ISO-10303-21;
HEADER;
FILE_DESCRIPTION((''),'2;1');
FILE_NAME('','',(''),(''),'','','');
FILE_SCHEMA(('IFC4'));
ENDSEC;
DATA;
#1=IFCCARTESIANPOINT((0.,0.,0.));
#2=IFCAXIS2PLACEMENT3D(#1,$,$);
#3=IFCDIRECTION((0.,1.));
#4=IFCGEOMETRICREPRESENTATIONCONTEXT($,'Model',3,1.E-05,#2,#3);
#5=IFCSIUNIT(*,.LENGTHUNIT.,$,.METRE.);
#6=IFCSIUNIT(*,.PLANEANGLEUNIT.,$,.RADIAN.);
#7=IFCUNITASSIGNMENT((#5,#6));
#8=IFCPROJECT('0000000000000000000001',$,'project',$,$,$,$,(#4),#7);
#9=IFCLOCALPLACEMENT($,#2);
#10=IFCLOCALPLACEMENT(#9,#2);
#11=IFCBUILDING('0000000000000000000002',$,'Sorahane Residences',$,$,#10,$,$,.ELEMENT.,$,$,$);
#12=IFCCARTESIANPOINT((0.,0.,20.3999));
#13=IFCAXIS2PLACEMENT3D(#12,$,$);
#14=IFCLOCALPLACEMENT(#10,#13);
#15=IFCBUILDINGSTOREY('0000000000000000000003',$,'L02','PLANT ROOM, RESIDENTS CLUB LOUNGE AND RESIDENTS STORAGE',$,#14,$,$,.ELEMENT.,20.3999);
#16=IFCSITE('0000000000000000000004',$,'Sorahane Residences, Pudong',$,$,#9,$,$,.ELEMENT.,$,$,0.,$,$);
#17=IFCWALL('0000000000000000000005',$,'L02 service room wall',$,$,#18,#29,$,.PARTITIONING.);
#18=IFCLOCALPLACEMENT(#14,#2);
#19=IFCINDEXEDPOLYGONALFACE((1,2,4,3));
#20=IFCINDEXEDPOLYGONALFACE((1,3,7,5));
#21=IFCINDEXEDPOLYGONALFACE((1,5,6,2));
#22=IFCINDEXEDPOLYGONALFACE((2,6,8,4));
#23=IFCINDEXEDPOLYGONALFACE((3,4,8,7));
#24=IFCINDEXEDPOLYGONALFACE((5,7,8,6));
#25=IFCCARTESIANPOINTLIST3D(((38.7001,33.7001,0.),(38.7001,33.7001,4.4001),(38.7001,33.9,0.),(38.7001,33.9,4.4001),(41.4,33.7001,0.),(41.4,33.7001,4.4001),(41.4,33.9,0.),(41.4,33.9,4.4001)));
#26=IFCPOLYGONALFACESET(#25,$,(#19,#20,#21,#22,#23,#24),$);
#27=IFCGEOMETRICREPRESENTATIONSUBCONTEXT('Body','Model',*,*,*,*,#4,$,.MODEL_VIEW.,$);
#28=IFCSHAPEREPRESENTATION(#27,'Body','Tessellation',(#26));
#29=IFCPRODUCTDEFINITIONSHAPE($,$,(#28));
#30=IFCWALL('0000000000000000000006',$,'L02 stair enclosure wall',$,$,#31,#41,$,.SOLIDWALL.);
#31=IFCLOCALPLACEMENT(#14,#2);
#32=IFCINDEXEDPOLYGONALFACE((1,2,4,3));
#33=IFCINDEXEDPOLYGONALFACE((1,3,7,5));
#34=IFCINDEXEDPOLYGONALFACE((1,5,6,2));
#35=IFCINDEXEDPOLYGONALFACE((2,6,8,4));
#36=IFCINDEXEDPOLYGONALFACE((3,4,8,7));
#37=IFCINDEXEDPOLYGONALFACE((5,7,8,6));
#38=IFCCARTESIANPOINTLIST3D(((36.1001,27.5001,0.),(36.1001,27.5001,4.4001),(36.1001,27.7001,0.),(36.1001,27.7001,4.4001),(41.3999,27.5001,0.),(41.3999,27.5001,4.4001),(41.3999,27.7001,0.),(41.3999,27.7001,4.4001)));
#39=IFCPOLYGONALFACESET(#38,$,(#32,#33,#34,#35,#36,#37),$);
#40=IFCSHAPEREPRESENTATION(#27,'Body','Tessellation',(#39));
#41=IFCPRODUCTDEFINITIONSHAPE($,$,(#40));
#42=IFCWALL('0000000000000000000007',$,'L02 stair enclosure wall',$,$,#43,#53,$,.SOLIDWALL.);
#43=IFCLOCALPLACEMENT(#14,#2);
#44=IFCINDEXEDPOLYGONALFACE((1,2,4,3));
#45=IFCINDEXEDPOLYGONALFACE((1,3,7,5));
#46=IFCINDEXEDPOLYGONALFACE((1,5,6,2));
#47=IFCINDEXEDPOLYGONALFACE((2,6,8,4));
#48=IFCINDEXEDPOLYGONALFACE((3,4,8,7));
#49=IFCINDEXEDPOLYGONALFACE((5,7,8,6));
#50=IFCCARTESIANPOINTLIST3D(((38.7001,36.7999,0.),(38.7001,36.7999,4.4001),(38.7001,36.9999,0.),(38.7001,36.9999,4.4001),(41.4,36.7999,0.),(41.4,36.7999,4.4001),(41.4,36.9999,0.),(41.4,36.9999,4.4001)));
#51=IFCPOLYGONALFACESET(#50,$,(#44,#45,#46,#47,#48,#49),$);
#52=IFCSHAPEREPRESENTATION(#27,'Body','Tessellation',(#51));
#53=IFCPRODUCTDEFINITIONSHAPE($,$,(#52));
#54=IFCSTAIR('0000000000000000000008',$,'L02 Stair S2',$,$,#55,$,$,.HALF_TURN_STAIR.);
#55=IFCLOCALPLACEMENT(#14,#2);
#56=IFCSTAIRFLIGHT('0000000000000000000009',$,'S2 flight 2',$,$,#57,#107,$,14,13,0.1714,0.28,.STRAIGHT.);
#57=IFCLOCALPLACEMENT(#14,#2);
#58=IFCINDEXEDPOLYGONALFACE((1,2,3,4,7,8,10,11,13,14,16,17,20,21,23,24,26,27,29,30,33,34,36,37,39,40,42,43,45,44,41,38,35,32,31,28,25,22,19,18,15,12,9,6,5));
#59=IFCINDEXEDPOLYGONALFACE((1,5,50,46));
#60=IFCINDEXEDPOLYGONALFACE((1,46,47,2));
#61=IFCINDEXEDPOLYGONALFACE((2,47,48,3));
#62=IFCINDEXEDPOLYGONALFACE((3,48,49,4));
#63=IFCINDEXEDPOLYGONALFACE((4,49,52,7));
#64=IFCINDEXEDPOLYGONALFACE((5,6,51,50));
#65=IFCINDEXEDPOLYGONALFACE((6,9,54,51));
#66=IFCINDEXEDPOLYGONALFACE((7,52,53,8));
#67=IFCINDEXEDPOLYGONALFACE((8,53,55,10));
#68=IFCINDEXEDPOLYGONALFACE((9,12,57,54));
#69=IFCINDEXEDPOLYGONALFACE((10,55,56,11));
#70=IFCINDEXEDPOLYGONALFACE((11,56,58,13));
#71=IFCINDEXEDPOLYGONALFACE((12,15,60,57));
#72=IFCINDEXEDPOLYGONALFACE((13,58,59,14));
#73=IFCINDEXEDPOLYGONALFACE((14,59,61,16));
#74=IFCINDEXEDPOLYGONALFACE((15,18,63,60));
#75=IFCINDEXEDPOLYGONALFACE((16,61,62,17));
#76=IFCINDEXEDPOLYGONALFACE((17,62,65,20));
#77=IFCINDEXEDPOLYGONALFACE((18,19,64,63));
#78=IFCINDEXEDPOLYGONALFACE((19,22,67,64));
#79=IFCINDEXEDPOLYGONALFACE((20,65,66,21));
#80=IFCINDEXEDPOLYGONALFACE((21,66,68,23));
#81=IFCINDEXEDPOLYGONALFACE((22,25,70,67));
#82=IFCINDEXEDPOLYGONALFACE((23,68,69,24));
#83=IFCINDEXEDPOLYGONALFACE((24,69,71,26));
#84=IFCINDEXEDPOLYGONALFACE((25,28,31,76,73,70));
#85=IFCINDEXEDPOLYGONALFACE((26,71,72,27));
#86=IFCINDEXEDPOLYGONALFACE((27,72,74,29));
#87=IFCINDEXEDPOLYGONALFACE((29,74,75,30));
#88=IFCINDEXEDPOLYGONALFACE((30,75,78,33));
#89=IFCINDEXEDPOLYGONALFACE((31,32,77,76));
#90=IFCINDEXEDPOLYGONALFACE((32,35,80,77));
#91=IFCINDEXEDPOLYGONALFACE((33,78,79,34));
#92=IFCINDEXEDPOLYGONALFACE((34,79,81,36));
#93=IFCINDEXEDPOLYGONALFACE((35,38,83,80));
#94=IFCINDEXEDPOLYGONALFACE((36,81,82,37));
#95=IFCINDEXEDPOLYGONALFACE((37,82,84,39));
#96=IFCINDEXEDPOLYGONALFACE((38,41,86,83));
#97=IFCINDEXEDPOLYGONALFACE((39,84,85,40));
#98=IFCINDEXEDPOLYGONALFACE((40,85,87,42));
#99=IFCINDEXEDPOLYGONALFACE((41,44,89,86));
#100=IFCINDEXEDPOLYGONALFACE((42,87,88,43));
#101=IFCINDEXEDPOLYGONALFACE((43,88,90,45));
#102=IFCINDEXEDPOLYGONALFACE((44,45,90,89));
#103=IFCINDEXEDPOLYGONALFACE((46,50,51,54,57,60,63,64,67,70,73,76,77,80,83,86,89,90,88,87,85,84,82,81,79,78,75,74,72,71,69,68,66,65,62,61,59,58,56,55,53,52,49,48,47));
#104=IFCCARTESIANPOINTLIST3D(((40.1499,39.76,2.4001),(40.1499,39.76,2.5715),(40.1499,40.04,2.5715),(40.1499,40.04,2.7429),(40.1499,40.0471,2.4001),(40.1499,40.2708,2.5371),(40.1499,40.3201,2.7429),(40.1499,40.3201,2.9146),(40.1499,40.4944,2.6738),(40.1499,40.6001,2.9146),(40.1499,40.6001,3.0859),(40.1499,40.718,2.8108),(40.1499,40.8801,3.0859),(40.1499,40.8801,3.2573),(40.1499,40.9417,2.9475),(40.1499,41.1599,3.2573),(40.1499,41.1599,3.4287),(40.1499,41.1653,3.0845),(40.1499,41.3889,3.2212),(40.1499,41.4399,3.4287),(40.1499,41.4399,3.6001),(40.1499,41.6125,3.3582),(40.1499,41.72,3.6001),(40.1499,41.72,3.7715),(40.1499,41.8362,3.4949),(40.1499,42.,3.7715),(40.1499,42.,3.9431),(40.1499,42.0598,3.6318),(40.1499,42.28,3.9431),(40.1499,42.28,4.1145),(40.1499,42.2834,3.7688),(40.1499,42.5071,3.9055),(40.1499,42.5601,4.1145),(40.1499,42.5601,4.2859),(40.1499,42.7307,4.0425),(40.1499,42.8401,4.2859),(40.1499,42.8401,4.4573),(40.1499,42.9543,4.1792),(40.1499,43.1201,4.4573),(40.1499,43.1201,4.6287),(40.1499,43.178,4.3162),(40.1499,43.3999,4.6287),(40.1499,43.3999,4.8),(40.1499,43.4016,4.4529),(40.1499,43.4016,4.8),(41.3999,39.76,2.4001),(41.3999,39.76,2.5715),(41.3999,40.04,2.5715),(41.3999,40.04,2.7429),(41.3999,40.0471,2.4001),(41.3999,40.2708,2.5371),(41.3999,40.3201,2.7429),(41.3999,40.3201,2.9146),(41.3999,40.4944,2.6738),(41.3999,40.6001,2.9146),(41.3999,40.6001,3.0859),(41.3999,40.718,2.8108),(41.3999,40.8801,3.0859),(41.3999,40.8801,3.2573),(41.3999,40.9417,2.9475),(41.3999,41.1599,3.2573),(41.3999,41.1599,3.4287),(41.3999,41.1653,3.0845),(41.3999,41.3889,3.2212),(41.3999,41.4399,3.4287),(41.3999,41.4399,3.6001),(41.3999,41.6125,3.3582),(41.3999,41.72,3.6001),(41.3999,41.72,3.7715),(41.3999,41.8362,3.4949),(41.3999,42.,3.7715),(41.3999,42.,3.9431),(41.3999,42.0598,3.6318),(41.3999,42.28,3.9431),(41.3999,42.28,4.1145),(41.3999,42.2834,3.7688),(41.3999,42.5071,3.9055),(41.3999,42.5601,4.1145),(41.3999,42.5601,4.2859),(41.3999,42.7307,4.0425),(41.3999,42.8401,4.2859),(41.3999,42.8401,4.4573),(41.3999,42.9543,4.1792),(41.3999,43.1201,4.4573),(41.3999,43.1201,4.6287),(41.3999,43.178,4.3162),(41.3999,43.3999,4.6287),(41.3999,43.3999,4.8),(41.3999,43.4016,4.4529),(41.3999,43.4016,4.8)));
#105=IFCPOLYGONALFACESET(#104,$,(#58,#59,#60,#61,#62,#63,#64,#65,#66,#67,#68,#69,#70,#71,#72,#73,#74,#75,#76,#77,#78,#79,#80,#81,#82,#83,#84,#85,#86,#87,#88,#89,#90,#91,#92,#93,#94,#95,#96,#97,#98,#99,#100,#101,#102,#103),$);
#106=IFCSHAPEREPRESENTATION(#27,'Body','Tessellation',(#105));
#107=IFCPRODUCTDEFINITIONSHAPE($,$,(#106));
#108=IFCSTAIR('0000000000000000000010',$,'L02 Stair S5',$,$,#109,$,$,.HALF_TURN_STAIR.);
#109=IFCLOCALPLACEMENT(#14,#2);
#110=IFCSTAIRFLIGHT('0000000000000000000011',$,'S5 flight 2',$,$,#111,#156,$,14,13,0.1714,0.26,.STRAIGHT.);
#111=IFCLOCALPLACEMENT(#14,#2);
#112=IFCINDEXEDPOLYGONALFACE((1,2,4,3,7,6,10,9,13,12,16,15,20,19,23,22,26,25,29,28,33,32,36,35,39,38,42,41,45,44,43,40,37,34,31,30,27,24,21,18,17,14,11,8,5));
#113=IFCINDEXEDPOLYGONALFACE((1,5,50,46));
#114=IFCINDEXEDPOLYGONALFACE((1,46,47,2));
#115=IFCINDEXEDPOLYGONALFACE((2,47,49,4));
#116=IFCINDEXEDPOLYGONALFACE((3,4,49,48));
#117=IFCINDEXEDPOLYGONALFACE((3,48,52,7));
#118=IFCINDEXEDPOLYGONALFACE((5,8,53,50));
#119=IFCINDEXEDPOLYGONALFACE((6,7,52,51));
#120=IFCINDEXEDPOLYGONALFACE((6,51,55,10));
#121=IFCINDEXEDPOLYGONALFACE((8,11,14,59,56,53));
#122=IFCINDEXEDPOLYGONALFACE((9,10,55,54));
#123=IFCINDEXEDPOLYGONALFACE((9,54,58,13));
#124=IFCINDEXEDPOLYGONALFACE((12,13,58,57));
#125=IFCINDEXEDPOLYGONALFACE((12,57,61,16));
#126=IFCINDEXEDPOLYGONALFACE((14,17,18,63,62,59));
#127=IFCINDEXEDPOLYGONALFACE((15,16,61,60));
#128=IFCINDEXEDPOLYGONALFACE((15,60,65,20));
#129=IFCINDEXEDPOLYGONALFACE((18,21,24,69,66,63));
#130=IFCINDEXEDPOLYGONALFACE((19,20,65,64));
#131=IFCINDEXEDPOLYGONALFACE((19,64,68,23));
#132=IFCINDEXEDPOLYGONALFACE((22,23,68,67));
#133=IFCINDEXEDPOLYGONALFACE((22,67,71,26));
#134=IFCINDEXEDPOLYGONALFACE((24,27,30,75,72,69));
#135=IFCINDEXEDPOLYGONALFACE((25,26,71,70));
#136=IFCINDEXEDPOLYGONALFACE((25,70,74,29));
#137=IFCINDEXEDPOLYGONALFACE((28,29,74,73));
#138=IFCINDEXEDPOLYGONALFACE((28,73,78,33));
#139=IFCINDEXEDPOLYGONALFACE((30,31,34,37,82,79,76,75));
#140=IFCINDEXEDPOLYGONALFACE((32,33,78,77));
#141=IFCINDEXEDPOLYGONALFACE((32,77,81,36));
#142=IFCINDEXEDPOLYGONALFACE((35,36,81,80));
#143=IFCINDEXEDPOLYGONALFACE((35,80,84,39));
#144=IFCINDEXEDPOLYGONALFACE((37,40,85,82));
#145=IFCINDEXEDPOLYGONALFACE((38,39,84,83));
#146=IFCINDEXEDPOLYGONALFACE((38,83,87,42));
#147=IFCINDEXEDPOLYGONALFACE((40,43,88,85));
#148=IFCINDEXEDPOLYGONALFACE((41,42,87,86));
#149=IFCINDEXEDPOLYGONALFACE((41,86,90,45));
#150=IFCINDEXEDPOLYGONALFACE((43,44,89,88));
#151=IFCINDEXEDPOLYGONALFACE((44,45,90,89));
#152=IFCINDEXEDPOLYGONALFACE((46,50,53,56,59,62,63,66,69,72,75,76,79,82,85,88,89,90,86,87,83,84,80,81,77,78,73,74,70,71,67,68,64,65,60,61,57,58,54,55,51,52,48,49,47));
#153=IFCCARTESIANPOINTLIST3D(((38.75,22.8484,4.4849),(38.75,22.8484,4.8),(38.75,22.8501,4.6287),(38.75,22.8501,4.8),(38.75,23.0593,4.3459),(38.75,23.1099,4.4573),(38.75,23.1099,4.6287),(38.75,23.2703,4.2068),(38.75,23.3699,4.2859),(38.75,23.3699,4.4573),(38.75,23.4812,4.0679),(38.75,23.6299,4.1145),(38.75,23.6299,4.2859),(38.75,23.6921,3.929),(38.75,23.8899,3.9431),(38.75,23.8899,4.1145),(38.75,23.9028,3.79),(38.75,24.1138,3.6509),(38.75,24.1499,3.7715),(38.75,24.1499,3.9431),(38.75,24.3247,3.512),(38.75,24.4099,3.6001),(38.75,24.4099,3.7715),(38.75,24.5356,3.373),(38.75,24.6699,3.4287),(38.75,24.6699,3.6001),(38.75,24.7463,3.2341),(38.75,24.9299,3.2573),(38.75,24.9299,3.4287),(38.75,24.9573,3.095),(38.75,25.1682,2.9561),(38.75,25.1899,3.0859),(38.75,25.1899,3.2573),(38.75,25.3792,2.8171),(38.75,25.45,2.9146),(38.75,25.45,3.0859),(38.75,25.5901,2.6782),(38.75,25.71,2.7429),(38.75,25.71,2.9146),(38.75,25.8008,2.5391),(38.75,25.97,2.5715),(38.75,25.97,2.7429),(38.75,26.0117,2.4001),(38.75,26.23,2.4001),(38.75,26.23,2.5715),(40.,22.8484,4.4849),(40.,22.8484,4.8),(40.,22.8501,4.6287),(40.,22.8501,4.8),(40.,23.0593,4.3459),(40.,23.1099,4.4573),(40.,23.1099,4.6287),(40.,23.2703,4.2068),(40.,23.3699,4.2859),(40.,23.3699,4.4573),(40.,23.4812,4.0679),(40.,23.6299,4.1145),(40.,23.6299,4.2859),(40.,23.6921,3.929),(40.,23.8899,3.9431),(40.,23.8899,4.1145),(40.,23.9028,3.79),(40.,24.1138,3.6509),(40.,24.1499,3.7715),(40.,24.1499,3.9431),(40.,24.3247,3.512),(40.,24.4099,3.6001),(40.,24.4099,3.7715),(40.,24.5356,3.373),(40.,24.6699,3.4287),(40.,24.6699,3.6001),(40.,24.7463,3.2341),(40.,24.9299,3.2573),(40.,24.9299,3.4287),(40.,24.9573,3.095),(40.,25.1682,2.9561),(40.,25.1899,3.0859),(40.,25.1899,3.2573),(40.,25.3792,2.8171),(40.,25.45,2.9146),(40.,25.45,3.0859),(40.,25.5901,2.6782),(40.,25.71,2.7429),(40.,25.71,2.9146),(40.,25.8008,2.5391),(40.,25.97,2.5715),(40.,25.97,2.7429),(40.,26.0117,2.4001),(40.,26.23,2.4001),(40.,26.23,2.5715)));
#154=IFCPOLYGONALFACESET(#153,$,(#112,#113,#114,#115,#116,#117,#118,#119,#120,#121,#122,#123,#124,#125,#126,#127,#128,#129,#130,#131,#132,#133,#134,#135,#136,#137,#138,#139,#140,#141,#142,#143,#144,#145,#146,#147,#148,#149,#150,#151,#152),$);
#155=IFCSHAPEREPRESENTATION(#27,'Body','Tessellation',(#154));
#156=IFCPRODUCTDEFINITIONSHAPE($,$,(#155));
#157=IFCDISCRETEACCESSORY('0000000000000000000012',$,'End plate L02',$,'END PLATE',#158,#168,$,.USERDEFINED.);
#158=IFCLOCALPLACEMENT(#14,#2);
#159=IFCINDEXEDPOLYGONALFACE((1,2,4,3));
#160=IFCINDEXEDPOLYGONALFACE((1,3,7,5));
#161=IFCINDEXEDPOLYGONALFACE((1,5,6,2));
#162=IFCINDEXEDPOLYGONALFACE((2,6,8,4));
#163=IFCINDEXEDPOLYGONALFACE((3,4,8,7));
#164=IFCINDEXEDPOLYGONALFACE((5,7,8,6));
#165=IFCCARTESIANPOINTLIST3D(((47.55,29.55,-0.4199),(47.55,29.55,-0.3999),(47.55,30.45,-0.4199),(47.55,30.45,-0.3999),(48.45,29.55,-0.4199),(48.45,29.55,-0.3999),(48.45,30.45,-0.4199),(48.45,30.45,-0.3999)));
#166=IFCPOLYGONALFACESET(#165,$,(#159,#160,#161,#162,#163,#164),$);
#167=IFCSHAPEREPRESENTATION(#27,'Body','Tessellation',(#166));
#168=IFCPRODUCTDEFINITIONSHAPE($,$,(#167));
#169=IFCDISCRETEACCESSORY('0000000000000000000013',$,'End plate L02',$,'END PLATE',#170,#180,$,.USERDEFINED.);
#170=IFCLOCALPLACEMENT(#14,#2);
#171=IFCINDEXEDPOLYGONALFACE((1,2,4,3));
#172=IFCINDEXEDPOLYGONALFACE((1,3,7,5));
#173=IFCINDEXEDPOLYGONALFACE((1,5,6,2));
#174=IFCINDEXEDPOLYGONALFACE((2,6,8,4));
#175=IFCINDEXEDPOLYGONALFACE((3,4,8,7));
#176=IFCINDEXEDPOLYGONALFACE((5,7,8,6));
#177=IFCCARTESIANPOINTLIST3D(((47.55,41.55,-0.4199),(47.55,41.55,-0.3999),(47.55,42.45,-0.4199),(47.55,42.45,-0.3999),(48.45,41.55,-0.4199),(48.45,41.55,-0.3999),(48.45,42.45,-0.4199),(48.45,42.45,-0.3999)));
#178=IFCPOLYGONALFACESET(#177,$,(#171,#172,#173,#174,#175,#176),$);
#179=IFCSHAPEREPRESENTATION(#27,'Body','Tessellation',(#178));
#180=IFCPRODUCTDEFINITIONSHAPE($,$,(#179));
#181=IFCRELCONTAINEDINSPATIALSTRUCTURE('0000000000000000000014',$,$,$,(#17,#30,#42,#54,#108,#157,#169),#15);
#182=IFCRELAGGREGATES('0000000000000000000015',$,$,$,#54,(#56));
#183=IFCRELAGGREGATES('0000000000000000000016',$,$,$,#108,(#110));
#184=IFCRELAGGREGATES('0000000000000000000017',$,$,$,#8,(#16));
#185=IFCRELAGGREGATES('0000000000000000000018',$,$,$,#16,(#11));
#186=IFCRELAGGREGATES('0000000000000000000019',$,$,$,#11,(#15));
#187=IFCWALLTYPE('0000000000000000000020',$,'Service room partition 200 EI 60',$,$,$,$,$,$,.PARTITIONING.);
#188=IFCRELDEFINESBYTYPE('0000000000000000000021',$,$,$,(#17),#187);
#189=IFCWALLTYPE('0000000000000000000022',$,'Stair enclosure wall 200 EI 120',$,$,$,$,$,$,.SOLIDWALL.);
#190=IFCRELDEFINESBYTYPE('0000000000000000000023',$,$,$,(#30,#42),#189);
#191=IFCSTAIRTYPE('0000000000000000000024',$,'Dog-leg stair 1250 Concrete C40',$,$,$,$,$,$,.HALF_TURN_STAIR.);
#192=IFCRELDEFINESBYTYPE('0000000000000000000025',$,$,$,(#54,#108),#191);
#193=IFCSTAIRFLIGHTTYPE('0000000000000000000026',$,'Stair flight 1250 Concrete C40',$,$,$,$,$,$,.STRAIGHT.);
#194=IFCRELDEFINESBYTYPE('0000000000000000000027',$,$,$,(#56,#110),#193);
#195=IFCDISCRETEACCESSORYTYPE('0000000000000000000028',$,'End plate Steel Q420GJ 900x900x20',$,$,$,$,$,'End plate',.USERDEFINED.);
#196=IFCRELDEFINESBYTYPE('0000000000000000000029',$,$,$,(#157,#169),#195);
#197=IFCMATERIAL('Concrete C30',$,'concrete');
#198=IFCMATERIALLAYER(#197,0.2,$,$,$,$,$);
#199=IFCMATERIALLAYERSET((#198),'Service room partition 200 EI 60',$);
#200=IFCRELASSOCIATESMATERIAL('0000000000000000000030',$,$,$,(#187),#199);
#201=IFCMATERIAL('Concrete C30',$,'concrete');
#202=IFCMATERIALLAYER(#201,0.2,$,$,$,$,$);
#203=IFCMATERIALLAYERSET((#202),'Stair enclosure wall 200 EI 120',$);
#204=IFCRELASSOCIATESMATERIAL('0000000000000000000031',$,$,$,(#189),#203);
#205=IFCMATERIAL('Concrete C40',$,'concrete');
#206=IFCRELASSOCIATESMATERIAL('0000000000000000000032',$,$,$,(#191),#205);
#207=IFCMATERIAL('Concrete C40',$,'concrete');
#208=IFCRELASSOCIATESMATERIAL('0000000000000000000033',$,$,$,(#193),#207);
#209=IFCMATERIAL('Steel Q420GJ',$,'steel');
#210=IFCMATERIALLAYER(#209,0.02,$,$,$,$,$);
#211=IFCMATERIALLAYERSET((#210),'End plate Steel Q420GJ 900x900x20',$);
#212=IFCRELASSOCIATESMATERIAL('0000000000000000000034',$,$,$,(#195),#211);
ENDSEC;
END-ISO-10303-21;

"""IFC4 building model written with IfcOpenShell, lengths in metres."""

from ifc_helpers import new_model, si_unit, direction, frame, frame_2d, origin, origin_2d, place, context, subcontext, project, spatial, polyline, rectangle, outline, extrude, material, layer, layer_set, type_object, element, aggregate, save


model = new_model("IFC4")

# Units and contexts
model_context = context("Model", 3, precision=1e-05, world=origin(), true_north=direction((0.0, 1.0)))
body_context = subcontext(model_context, "Body", "Model", "MODEL_VIEW")
ifc_project = project(units=[si_unit("LENGTHUNIT", "METRE"), si_unit("PLANEANGLEUNIT", "RADIAN")], contexts=[model_context])

# Site, building, storey
site_placement = place(None, origin())
site = spatial("IfcSite", under=ifc_project, at=site_placement, Name="Sorahane Residences, Pudong", CompositionType="ELEMENT", RefElevation=0.0)
building_placement = place(site_placement, origin())
building = spatial("IfcBuilding", under=site, at=building_placement, Name="Sorahane Residences", CompositionType="ELEMENT")
storey_placement = place(building_placement, frame((0.0, 0.0, 20.3999)))
storey = spatial("IfcBuildingStorey", under=building, at=storey_placement, Name="L02", Description="PLANT ROOM, RESIDENTS CLUB LOUNGE AND RESIDENTS STORAGE", CompositionType="ELEMENT", Elevation=20.3999)

# Walls
ifc_material_1 = material(Name="Concrete C30", Category="concrete")
ifc_layer_1 = layer(ifc_material_1, 0.2)
ifc_layer_set_1 = layer_set([ifc_layer_1], Name="Service room partition 200 EI 60")
wall_type_1 = type_object("IfcWallType", Name="Service room partition 200 EI 60", PredefinedType="PARTITIONING", material=ifc_layer_set_1)
wall_1_placement = place(storey_placement, frame((38.7, 33.8, 0.0), z_axis=(0.0, 0.0, 1.0), x_axis=(1.0, 0.0, 0.0)))
element("IfcWall", 1, at=wall_1_placement, inside=storey, type_object=wall_type_1, Name="L02 service room wall", PredefinedType="PARTITIONING", context=body_context, shape_type="SweptSolid", body=[
    extrude(rectangle(XDim=2.7, YDim=0.2, at=frame_2d((1.3501, 0.0))), origin(), (0.0, 0.0, 1.0), 4.4001),
])
ifc_material_2 = material(Name="Concrete C30", Category="concrete")
ifc_layer_2 = layer(ifc_material_2, 0.2)
ifc_layer_set_2 = layer_set([ifc_layer_2], Name="Stair enclosure wall 200 EI 120")
wall_type_2 = type_object("IfcWallType", Name="Stair enclosure wall 200 EI 120", PredefinedType="SOLIDWALL", material=ifc_layer_set_2)
wall_2_placement = place(storey_placement, frame((36.1001, 27.6001, 0.0), z_axis=(0.0, 0.0, 1.0), x_axis=(1.0, 0.0, 0.0)))
element("IfcWall", 2, at=wall_2_placement, inside=storey, type_object=wall_type_2, Name="L02 stair enclosure wall", PredefinedType="SOLIDWALL", context=body_context, shape_type="SweptSolid", body=[
    extrude(rectangle(XDim=5.2998, YDim=0.2, at=frame_2d((2.6499, 0.0))), origin(), (0.0, 0.0, 1.0), 4.4001),
])
wall_3_placement = place(storey_placement, frame((38.7, 36.8999, 0.0), z_axis=(0.0, 0.0, 1.0), x_axis=(1.0, 0.0, 0.0)))
element("IfcWall", 3, at=wall_3_placement, inside=storey, type_object=wall_type_2, Name="L02 stair enclosure wall", PredefinedType="SOLIDWALL", context=body_context, shape_type="SweptSolid", body=[
    extrude(rectangle(XDim=2.7, YDim=0.2, at=frame_2d((1.3501, 0.0))), origin(), (0.0, 0.0, 1.0), 4.4001),
])

# Stairs, stair flights
ifc_material_3 = material(Name="Concrete C40", Category="concrete")
stair_type = type_object("IfcStairType", Name="Dog-leg stair 1250 Concrete C40", PredefinedType="HALF_TURN_STAIR", material=ifc_material_3)
stair_1_placement = place(storey_placement, origin())
stair_1 = element("IfcStair", 4, at=stair_1_placement, inside=storey, type_object=stair_type, Name="L02 Stair S2", PredefinedType="HALF_TURN_STAIR")
ifc_material_4 = material(Name="Concrete C40", Category="concrete")
stair_flight_type = type_object("IfcStairFlightType", Name="Stair flight 1250 Concrete C40", PredefinedType="STRAIGHT", material=ifc_material_4)
stair_flight_1_placement = place(storey_placement, frame((40.7749, 39.76, 2.4001), z_axis=(0.0, 0.0, 1.0), x_axis=(0.0, 1.0, 0.0)))
stair_flight_1 = element("IfcStairFlight", 5, at=stair_flight_1_placement, type_object=stair_flight_type, Name="S2 flight 2", NumberOfRisers=14, NumberOfTreads=13, PredefinedType="STRAIGHT", RiserHeight=0.1714, TreadLength=0.28, context=body_context, shape_type="SweptSolid", body=[
    extrude(outline(polyline([(0.0, 0.0), (0.0, 0.1714), (0.28, 0.1714), (0.28, 0.3428), (0.5601, 0.3428), (0.5601, 0.5144), (0.8401, 0.5144), (0.8401, 0.6858), (1.1201, 0.6858), (1.1201, 0.8572), (1.3999, 0.8572), (1.3999, 1.0286), (1.6799, 1.0286), (1.6799, 1.2), (1.96, 1.2), (1.96, 1.3713), (2.24, 1.3713), (2.24, 1.543), (2.52, 1.543), (2.52, 1.7144), (2.8, 1.7144), (2.8, 1.8857), (3.0801, 1.8857), (3.0801, 2.0571), (3.3601, 2.0571), (3.3601, 2.2285), (3.6399, 2.2285), (3.6399, 2.3999), (3.6416, 2.3999), (3.6416, 2.0527), (3.418, 1.916), (3.1943, 1.7791), (2.9707, 1.6423), (2.7471, 1.5054), (2.5234, 1.3687), (2.2998, 1.2317), (2.0762, 1.0947), (1.8525, 0.958), (1.6289, 0.821), (1.4053, 0.6843), (1.1816, 0.5474), (0.958, 0.4106), (0.7344, 0.2737), (0.5107, 0.137), (0.2871, 0.0), (0.0, 0.0)])), frame((0.0, 0.625, 0.0), z_axis=(0.0, -1.0, 0.0), x_axis=(1.0, 0.0, 0.0)), (0.0, 0.0, 1.0), 1.25),
])
aggregate(stair_1, [stair_flight_1])
stair_2_placement = place(storey_placement, origin())
stair_2 = element("IfcStair", 6, at=stair_2_placement, inside=storey, type_object=stair_type, Name="L02 Stair S5", PredefinedType="HALF_TURN_STAIR")
stair_flight_2_placement = place(storey_placement, frame((39.375, 26.23, 2.4001), z_axis=(0.0, 0.0, 1.0), x_axis=(0.0, -1.0, 0.0)))
stair_flight_2 = element("IfcStairFlight", 7, at=stair_flight_2_placement, type_object=stair_flight_type, Name="S5 flight 2", NumberOfRisers=14, NumberOfTreads=13, PredefinedType="STRAIGHT", RiserHeight=0.1714, TreadLength=0.26, context=body_context, shape_type="SweptSolid", body=[
    extrude(outline(polyline([(0.0, 0.0), (0.0, 0.1714), (0.26, 0.1714), (0.26, 0.3428), (0.52, 0.3428), (0.52, 0.5144), (0.78, 0.5144), (0.78, 0.6858), (1.04, 0.6858), (1.04, 0.8572), (1.3, 0.8572), (1.3, 1.0286), (1.5601, 1.0286), (1.5601, 1.2), (1.8201, 1.2), (1.8201, 1.3713), (2.0801, 1.3713), (2.0801, 1.543), (2.3401, 1.543), (2.3401, 1.7144), (2.6001, 1.7144), (2.6001, 1.8857), (2.8601, 1.8857), (2.8601, 2.0571), (3.1201, 2.0571), (3.1201, 2.2285), (3.3799, 2.2285), (3.3799, 2.3999), (3.3816, 2.3999), (3.3816, 2.0847), (3.1707, 1.9458), (2.9597, 1.8066), (2.7488, 1.6677), (2.5378, 1.5288), (2.3271, 1.3899), (2.1162, 1.2507), (1.9053, 1.1118), (1.6943, 0.9729), (1.4836, 0.834), (1.2727, 0.6948), (1.0618, 0.5559), (0.8508, 0.417), (0.6399, 0.2781), (0.4292, 0.1389), (0.2183, 0.0), (0.0, 0.0)])), frame((0.0, 0.625, 0.0), z_axis=(0.0, -1.0, 0.0), x_axis=(1.0, 0.0, 0.0)), (0.0, 0.0, 1.0), 1.25),
])
aggregate(stair_2, [stair_flight_2])

# Discrete accessories
ifc_material_5 = material(Name="Steel Q420GJ", Category="steel")
ifc_layer_3 = layer(ifc_material_5, 0.02)
ifc_layer_set_3 = layer_set([ifc_layer_3], Name="End plate Steel Q420GJ 900x900x20")
discrete_accessory_type_1 = type_object("IfcDiscreteAccessoryType", Name="End plate Steel Q420GJ 900x900x20", ElementType="End plate", PredefinedType="USERDEFINED", material=ifc_layer_set_3)
for number, where, z_axis, x_axis, name in (
    (8, (48.0, 30.0, -0.4199), (0.0, 0.0, 1.0), (1.0, 0.0, 0.0), "End plate L02"),
    (9, (48.0, 42.0, -0.4199), (0.0, 0.0, 1.0), (1.0, 0.0, 0.0), "End plate L02"),
):
    element("IfcDiscreteAccessory", number, at=place(storey_placement, frame(where, z_axis=z_axis, x_axis=x_axis)), inside=storey, type_object=discrete_accessory_type_1, Name=name, ObjectType="END PLATE", PredefinedType="USERDEFINED", context=body_context, shape_type="SweptSolid", body=[
        extrude(rectangle(XDim=0.8999, YDim=0.8999, at=origin_2d()), origin(), (0.0, 0.0, 1.0), 0.02),
    ])

save(model, "model.ifc")
